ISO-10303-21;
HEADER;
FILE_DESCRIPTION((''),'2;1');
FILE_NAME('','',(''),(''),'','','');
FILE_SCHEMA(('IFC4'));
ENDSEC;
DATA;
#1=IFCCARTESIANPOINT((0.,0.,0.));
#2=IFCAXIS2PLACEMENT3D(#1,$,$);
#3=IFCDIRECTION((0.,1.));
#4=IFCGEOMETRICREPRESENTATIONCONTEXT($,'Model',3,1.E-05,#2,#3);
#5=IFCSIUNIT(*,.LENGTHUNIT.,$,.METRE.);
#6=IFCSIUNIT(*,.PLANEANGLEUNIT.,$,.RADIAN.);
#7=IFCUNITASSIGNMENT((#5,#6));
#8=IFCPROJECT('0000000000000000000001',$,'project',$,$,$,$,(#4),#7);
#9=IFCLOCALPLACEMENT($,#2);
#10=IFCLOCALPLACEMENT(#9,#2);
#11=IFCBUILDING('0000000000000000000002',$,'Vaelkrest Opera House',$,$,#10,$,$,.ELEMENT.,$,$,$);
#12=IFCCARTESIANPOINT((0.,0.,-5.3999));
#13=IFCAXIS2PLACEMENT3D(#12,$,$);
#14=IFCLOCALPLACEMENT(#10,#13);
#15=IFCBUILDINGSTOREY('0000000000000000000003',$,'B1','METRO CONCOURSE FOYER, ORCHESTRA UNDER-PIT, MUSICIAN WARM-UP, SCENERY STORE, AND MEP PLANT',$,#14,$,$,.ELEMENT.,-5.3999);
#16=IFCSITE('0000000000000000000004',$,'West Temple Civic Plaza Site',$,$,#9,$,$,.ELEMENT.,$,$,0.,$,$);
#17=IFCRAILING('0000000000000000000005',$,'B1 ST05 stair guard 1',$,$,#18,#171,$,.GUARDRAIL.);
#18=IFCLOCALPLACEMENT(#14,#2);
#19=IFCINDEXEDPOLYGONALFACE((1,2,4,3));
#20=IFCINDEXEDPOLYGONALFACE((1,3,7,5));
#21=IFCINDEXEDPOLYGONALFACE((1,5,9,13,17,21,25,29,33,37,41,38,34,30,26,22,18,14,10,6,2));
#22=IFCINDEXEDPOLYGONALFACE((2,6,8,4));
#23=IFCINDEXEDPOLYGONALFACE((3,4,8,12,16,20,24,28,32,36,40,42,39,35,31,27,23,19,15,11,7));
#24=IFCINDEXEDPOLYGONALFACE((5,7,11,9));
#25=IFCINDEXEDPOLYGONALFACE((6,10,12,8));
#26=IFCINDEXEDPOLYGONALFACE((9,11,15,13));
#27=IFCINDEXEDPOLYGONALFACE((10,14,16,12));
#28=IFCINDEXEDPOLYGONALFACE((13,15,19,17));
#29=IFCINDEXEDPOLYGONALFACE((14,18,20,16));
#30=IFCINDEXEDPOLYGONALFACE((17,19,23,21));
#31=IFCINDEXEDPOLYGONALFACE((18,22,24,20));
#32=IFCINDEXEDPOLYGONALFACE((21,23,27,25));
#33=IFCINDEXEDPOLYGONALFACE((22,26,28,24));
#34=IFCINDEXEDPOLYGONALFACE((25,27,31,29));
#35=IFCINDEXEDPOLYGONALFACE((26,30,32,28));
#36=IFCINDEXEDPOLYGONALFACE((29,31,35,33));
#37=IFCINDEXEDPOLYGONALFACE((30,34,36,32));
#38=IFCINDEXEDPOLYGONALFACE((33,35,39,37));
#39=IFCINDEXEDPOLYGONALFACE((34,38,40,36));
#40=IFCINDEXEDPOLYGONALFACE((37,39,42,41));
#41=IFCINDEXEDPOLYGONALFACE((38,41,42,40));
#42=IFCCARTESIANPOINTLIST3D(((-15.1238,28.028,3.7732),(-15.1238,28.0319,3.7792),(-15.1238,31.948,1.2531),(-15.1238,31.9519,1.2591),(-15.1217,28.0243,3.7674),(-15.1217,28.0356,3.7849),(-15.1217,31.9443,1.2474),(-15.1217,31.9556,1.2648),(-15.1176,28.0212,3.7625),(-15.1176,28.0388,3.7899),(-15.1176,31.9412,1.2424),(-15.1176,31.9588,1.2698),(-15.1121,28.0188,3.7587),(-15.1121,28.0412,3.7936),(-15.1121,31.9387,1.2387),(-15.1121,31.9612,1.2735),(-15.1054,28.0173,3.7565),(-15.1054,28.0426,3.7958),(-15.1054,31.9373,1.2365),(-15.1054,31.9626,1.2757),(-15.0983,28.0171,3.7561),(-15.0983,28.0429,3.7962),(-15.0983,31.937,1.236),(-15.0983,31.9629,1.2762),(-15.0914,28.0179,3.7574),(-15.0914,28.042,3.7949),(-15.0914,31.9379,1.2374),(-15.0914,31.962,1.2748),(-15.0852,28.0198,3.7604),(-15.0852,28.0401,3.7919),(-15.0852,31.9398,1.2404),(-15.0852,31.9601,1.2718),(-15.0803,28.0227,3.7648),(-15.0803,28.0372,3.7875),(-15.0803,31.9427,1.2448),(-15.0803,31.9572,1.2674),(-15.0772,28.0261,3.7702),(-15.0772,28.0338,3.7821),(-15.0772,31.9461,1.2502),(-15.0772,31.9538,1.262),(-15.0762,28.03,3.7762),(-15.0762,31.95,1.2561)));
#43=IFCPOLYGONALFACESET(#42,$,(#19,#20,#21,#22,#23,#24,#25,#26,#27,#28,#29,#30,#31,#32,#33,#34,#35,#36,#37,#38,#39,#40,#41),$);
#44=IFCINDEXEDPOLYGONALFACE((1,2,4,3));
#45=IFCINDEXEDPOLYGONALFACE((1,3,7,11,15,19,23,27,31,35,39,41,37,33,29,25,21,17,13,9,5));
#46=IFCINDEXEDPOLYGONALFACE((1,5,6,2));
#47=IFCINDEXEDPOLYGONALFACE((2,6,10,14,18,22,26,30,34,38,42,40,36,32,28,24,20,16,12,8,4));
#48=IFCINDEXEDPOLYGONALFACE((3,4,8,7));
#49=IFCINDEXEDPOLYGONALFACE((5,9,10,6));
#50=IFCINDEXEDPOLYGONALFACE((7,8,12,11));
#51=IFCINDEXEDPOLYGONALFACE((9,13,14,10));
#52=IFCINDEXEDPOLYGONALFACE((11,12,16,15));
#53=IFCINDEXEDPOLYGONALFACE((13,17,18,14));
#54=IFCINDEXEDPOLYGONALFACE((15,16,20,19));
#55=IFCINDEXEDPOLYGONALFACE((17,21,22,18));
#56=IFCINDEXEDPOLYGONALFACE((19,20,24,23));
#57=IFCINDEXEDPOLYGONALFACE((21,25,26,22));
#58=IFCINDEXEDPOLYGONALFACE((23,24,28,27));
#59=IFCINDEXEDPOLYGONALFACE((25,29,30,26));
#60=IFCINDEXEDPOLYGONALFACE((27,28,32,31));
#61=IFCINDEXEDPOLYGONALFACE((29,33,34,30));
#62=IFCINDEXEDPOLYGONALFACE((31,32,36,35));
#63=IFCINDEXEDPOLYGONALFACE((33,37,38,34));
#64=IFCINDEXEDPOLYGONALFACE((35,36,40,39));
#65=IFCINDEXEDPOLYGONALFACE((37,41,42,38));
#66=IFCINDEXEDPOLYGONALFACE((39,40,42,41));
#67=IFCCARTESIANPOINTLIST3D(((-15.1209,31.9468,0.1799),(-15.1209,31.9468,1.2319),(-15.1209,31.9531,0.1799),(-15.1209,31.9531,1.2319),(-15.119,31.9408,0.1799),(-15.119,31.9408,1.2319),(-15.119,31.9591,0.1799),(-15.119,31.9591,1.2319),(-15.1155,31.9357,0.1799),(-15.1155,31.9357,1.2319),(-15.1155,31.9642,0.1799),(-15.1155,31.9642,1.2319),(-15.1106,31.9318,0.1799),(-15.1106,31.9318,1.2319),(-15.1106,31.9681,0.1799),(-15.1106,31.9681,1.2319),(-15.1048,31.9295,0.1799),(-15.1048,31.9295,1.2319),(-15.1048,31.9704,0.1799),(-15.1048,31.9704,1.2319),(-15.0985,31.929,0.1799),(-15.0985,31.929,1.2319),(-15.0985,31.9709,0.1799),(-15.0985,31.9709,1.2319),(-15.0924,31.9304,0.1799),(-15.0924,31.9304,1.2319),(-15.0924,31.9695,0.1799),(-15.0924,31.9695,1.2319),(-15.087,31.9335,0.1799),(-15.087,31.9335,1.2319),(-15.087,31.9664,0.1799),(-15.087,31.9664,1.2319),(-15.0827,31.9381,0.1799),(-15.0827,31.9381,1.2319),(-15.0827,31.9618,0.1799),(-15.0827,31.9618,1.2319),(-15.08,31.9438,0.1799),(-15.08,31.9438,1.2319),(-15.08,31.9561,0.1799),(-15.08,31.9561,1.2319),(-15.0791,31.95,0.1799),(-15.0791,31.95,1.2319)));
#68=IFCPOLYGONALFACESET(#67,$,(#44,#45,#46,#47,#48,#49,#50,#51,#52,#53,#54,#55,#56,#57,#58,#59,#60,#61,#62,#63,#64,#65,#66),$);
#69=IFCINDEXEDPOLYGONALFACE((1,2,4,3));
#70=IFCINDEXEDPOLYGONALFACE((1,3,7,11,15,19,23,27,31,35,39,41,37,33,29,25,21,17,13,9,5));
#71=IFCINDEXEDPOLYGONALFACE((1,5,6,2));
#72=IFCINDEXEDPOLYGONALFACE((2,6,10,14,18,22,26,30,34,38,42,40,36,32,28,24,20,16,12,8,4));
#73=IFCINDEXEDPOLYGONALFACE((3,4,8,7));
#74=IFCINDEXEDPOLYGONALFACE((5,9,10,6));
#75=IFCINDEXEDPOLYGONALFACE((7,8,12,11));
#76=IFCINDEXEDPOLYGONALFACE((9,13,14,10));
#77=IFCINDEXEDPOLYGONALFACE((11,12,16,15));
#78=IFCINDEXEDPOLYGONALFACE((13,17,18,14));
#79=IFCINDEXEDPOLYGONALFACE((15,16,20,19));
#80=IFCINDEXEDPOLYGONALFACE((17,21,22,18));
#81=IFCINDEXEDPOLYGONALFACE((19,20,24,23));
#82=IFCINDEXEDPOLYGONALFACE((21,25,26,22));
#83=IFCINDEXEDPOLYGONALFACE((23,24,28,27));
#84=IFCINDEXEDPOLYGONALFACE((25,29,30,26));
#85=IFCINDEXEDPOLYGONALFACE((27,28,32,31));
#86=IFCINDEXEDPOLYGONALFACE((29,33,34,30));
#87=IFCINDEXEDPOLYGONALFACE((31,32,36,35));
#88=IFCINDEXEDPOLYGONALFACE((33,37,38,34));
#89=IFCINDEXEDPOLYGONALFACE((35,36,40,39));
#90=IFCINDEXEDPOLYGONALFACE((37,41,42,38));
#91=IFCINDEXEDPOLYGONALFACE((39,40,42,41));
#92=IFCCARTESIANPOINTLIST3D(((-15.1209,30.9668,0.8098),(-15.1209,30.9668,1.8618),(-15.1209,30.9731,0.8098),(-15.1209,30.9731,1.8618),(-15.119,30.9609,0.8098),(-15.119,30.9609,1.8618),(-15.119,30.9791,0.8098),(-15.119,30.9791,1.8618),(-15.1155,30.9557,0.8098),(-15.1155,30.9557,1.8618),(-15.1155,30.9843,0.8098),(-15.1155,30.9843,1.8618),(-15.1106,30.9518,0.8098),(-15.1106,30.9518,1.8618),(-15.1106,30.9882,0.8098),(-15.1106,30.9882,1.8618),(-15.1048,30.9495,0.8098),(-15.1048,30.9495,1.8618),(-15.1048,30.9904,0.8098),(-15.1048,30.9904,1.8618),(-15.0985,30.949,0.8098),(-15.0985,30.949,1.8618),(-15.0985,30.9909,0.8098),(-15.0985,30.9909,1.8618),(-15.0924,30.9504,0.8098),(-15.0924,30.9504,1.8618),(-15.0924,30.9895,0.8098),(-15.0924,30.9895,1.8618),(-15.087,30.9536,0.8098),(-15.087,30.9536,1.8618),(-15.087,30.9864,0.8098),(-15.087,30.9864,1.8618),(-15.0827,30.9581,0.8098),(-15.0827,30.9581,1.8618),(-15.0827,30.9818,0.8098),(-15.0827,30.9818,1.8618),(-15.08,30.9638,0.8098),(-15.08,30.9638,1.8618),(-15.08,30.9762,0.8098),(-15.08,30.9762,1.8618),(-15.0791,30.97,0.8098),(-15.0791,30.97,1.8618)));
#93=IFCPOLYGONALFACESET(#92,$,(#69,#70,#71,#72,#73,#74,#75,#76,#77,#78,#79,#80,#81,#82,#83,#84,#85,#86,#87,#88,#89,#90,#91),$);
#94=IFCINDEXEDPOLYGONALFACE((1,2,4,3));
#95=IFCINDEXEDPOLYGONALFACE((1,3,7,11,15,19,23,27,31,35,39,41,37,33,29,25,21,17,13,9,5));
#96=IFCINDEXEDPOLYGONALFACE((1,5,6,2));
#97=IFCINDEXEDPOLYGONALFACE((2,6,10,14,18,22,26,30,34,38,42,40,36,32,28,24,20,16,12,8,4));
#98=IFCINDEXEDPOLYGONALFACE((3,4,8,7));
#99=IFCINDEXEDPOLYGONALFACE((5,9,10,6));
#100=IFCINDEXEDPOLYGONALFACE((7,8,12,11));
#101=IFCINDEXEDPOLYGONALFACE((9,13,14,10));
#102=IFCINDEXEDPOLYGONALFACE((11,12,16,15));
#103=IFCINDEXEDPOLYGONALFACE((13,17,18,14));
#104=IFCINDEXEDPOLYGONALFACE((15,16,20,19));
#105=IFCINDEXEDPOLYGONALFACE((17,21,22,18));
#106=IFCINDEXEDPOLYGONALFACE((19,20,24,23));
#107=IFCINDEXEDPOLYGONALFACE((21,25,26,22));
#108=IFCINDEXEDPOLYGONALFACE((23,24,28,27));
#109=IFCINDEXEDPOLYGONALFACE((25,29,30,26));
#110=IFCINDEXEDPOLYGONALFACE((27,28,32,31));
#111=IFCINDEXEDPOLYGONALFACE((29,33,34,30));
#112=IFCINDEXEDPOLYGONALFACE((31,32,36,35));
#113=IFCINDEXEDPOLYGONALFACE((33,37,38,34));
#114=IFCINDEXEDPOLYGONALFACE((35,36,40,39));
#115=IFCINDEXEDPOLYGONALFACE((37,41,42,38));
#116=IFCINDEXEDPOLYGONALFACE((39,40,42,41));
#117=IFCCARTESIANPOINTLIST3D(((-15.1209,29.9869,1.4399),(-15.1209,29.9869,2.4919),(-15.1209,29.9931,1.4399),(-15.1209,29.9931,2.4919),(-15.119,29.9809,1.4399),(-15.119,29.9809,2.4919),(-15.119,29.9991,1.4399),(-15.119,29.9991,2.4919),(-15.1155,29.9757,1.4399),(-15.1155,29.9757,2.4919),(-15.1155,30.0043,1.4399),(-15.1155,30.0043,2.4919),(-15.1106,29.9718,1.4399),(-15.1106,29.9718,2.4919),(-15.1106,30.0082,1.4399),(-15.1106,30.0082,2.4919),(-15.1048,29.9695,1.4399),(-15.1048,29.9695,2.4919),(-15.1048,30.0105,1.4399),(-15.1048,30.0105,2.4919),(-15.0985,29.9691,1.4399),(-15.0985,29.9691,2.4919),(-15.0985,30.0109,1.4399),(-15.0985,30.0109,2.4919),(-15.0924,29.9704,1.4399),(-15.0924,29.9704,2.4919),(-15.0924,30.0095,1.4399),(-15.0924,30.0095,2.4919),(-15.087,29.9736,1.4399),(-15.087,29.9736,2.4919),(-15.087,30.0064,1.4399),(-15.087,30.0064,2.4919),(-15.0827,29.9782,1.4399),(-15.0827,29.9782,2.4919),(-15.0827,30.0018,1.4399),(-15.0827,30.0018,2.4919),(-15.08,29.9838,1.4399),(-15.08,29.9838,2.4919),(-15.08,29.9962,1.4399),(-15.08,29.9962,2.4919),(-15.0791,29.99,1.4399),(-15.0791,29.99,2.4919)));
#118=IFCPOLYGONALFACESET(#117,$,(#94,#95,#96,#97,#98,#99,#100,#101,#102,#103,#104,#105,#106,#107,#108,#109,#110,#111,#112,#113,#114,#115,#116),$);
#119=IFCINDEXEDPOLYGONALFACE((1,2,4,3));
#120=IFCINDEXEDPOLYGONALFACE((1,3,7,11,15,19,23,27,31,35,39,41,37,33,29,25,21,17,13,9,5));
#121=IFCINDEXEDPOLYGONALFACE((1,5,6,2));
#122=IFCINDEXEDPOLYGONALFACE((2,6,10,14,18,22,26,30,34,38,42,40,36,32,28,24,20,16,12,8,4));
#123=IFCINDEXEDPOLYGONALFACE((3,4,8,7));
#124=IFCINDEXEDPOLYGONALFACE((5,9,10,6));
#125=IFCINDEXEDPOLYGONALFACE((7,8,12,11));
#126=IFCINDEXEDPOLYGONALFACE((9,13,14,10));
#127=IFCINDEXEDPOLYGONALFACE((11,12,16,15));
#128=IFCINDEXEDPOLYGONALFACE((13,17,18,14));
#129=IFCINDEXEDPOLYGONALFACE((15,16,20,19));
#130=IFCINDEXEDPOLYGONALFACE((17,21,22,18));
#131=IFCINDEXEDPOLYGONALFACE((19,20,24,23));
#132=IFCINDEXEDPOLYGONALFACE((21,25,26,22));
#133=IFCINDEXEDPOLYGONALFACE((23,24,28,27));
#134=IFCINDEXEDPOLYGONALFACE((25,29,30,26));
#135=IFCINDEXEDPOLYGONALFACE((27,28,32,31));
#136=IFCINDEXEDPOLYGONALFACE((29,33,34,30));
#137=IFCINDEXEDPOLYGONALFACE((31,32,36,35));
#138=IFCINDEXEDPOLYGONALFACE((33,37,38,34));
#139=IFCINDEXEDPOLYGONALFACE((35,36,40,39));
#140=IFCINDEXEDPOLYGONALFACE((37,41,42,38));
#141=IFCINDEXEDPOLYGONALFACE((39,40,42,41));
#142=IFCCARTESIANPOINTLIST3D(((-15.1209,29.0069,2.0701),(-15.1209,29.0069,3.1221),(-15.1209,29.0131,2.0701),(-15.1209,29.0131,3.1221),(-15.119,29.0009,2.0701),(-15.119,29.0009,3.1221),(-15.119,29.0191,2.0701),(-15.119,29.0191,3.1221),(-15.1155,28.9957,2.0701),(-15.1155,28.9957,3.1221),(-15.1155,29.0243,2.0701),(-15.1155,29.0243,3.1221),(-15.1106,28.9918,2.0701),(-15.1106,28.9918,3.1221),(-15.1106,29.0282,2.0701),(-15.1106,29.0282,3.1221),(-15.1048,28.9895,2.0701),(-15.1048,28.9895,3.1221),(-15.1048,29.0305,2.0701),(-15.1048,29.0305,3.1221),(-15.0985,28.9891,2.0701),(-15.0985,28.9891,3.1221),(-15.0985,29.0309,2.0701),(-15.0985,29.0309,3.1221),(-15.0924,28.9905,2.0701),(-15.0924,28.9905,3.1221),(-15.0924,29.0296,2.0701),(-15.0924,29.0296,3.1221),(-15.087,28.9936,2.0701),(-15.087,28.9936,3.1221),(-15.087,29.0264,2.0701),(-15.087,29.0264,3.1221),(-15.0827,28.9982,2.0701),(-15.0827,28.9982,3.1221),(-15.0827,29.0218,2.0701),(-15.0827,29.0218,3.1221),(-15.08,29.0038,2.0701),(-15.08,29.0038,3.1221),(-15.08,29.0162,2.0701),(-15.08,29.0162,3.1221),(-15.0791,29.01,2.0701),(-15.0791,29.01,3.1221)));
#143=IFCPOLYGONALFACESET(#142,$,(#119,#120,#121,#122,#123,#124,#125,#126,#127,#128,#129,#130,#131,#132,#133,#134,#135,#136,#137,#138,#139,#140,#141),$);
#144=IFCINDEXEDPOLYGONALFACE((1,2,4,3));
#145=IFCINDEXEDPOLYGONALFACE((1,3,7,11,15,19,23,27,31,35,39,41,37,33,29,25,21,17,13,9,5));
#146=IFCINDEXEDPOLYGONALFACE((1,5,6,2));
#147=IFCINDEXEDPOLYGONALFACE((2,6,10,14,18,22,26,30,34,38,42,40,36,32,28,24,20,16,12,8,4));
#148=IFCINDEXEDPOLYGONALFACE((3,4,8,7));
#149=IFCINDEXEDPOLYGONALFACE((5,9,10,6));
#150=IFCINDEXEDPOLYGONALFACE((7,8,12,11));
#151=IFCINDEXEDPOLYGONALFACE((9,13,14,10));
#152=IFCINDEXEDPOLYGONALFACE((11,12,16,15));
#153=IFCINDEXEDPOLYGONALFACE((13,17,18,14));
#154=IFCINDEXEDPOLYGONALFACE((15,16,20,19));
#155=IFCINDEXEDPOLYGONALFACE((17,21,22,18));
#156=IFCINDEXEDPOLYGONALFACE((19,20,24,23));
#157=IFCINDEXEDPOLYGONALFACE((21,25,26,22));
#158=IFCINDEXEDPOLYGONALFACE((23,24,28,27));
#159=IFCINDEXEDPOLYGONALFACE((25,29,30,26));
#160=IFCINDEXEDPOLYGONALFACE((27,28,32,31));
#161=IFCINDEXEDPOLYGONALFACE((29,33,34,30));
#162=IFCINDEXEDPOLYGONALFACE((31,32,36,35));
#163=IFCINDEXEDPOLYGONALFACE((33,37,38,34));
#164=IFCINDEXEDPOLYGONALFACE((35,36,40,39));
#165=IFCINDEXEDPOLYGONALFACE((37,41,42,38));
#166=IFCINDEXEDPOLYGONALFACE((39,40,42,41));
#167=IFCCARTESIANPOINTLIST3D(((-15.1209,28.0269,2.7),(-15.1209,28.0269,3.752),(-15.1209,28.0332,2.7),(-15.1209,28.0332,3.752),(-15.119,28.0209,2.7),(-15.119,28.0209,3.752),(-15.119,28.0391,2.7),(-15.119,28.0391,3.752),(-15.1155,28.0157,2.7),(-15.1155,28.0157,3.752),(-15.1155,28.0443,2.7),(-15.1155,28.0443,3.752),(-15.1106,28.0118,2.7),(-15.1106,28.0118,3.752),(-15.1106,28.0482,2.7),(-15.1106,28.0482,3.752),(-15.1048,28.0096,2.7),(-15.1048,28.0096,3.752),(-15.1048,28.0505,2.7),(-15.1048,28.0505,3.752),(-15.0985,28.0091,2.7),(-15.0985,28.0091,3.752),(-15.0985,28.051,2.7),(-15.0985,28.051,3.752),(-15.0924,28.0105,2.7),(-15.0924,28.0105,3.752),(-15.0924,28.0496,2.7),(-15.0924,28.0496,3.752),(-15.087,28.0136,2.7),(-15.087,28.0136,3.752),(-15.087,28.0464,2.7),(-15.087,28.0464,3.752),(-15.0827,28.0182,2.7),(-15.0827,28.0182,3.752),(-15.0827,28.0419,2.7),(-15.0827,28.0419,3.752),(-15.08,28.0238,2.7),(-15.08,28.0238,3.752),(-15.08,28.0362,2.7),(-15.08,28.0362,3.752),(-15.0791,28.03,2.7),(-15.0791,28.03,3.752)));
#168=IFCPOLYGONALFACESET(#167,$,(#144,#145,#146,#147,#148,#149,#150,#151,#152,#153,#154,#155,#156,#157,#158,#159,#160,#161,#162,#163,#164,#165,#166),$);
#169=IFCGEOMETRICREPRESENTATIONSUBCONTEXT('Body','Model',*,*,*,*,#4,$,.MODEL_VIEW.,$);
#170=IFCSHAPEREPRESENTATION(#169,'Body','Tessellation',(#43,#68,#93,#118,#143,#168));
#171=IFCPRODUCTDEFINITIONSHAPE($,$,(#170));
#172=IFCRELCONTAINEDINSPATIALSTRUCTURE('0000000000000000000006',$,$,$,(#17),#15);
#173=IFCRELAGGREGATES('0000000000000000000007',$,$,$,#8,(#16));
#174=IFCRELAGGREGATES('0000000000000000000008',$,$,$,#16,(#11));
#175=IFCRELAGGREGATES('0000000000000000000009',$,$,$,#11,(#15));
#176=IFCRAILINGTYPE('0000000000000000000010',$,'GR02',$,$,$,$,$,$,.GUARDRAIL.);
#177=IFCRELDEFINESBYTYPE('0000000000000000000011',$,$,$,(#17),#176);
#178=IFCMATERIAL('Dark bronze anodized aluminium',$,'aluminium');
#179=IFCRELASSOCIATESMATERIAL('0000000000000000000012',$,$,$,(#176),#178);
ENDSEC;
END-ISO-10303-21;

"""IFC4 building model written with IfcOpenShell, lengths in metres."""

from ifc_helpers import new_model, si_unit, direction, frame, origin, origin_2d, place, context, subcontext, project, spatial, circle, extrude, material, type_object, element, save


model = new_model("IFC4")

# Units and contexts
model_context = context("Model", 3, precision=1e-05, world=origin(), true_north=direction((0.0, 1.0)))
body_context = subcontext(model_context, "Body", "Model", "MODEL_VIEW")
ifc_project = project(units=[si_unit("LENGTHUNIT", "METRE"), si_unit("PLANEANGLEUNIT", "RADIAN")], contexts=[model_context])

# Site, building, storey
site_placement = place(None, origin())
site = spatial("IfcSite", under=ifc_project, at=site_placement, Name="West Temple Civic Plaza Site", CompositionType="ELEMENT", RefElevation=0.0)
building_placement = place(site_placement, origin())
building = spatial("IfcBuilding", under=site, at=building_placement, Name="Vaelkrest Opera House", CompositionType="ELEMENT")
storey_placement = place(building_placement, frame((0.0, 0.0, -5.3999)))
storey = spatial("IfcBuildingStorey", under=building, at=storey_placement, Name="B1", Description="METRO CONCOURSE FOYER, ORCHESTRA UNDER-PIT, MUSICIAN WARM-UP, SCENERY STORE, AND MEP PLANT", CompositionType="ELEMENT", Elevation=-5.3999)

# Railing
ifc_material_1 = material(Name="Dark bronze anodized aluminium", Category="aluminium")
railing_type_1 = type_object("IfcRailingType", Name="GR02", PredefinedType="GUARDRAIL", material=ifc_material_1)
railing_1_placement = place(storey_placement, frame((-15.1001, 31.95, 0.1799)))
element("IfcRailing", 1, at=railing_1_placement, inside=storey, type_object=railing_type_1, Name="B1 ST05 stair guard 1", PredefinedType="GUARDRAIL", context=body_context, shape_type="SweptSolid", body=[
    extrude(circle(Radius=0.0239, at=origin_2d()), frame((0.0, 0.0, 1.0762), z_axis=(0.0, -0.841172, 0.540768), x_axis=(1.0, 0.0, 0.0)), (0.0, 0.0, 1.0), 4.6602),
    extrude(circle(Radius=0.021, at=origin_2d()), origin(), (0.0, 0.0, 1.0), 1.052),
    extrude(circle(Radius=0.021, at=origin_2d()), frame((0.0, -0.98, 0.6299)), (0.0, 0.0, 1.0), 1.052),
    extrude(circle(Radius=0.021, at=origin_2d()), frame((0.0, -1.96, 1.26)), (0.0, 0.0, 1.0), 1.052),
    extrude(circle(Radius=0.021, at=origin_2d()), frame((0.0, -2.9399, 1.8901)), (0.0, 0.0, 1.0), 1.052),
    extrude(circle(Radius=0.021, at=origin_2d()), frame((0.0, -3.9199, 2.52)), (0.0, 0.0, 1.0), 1.052),
])

save(model, "model.ifc")
